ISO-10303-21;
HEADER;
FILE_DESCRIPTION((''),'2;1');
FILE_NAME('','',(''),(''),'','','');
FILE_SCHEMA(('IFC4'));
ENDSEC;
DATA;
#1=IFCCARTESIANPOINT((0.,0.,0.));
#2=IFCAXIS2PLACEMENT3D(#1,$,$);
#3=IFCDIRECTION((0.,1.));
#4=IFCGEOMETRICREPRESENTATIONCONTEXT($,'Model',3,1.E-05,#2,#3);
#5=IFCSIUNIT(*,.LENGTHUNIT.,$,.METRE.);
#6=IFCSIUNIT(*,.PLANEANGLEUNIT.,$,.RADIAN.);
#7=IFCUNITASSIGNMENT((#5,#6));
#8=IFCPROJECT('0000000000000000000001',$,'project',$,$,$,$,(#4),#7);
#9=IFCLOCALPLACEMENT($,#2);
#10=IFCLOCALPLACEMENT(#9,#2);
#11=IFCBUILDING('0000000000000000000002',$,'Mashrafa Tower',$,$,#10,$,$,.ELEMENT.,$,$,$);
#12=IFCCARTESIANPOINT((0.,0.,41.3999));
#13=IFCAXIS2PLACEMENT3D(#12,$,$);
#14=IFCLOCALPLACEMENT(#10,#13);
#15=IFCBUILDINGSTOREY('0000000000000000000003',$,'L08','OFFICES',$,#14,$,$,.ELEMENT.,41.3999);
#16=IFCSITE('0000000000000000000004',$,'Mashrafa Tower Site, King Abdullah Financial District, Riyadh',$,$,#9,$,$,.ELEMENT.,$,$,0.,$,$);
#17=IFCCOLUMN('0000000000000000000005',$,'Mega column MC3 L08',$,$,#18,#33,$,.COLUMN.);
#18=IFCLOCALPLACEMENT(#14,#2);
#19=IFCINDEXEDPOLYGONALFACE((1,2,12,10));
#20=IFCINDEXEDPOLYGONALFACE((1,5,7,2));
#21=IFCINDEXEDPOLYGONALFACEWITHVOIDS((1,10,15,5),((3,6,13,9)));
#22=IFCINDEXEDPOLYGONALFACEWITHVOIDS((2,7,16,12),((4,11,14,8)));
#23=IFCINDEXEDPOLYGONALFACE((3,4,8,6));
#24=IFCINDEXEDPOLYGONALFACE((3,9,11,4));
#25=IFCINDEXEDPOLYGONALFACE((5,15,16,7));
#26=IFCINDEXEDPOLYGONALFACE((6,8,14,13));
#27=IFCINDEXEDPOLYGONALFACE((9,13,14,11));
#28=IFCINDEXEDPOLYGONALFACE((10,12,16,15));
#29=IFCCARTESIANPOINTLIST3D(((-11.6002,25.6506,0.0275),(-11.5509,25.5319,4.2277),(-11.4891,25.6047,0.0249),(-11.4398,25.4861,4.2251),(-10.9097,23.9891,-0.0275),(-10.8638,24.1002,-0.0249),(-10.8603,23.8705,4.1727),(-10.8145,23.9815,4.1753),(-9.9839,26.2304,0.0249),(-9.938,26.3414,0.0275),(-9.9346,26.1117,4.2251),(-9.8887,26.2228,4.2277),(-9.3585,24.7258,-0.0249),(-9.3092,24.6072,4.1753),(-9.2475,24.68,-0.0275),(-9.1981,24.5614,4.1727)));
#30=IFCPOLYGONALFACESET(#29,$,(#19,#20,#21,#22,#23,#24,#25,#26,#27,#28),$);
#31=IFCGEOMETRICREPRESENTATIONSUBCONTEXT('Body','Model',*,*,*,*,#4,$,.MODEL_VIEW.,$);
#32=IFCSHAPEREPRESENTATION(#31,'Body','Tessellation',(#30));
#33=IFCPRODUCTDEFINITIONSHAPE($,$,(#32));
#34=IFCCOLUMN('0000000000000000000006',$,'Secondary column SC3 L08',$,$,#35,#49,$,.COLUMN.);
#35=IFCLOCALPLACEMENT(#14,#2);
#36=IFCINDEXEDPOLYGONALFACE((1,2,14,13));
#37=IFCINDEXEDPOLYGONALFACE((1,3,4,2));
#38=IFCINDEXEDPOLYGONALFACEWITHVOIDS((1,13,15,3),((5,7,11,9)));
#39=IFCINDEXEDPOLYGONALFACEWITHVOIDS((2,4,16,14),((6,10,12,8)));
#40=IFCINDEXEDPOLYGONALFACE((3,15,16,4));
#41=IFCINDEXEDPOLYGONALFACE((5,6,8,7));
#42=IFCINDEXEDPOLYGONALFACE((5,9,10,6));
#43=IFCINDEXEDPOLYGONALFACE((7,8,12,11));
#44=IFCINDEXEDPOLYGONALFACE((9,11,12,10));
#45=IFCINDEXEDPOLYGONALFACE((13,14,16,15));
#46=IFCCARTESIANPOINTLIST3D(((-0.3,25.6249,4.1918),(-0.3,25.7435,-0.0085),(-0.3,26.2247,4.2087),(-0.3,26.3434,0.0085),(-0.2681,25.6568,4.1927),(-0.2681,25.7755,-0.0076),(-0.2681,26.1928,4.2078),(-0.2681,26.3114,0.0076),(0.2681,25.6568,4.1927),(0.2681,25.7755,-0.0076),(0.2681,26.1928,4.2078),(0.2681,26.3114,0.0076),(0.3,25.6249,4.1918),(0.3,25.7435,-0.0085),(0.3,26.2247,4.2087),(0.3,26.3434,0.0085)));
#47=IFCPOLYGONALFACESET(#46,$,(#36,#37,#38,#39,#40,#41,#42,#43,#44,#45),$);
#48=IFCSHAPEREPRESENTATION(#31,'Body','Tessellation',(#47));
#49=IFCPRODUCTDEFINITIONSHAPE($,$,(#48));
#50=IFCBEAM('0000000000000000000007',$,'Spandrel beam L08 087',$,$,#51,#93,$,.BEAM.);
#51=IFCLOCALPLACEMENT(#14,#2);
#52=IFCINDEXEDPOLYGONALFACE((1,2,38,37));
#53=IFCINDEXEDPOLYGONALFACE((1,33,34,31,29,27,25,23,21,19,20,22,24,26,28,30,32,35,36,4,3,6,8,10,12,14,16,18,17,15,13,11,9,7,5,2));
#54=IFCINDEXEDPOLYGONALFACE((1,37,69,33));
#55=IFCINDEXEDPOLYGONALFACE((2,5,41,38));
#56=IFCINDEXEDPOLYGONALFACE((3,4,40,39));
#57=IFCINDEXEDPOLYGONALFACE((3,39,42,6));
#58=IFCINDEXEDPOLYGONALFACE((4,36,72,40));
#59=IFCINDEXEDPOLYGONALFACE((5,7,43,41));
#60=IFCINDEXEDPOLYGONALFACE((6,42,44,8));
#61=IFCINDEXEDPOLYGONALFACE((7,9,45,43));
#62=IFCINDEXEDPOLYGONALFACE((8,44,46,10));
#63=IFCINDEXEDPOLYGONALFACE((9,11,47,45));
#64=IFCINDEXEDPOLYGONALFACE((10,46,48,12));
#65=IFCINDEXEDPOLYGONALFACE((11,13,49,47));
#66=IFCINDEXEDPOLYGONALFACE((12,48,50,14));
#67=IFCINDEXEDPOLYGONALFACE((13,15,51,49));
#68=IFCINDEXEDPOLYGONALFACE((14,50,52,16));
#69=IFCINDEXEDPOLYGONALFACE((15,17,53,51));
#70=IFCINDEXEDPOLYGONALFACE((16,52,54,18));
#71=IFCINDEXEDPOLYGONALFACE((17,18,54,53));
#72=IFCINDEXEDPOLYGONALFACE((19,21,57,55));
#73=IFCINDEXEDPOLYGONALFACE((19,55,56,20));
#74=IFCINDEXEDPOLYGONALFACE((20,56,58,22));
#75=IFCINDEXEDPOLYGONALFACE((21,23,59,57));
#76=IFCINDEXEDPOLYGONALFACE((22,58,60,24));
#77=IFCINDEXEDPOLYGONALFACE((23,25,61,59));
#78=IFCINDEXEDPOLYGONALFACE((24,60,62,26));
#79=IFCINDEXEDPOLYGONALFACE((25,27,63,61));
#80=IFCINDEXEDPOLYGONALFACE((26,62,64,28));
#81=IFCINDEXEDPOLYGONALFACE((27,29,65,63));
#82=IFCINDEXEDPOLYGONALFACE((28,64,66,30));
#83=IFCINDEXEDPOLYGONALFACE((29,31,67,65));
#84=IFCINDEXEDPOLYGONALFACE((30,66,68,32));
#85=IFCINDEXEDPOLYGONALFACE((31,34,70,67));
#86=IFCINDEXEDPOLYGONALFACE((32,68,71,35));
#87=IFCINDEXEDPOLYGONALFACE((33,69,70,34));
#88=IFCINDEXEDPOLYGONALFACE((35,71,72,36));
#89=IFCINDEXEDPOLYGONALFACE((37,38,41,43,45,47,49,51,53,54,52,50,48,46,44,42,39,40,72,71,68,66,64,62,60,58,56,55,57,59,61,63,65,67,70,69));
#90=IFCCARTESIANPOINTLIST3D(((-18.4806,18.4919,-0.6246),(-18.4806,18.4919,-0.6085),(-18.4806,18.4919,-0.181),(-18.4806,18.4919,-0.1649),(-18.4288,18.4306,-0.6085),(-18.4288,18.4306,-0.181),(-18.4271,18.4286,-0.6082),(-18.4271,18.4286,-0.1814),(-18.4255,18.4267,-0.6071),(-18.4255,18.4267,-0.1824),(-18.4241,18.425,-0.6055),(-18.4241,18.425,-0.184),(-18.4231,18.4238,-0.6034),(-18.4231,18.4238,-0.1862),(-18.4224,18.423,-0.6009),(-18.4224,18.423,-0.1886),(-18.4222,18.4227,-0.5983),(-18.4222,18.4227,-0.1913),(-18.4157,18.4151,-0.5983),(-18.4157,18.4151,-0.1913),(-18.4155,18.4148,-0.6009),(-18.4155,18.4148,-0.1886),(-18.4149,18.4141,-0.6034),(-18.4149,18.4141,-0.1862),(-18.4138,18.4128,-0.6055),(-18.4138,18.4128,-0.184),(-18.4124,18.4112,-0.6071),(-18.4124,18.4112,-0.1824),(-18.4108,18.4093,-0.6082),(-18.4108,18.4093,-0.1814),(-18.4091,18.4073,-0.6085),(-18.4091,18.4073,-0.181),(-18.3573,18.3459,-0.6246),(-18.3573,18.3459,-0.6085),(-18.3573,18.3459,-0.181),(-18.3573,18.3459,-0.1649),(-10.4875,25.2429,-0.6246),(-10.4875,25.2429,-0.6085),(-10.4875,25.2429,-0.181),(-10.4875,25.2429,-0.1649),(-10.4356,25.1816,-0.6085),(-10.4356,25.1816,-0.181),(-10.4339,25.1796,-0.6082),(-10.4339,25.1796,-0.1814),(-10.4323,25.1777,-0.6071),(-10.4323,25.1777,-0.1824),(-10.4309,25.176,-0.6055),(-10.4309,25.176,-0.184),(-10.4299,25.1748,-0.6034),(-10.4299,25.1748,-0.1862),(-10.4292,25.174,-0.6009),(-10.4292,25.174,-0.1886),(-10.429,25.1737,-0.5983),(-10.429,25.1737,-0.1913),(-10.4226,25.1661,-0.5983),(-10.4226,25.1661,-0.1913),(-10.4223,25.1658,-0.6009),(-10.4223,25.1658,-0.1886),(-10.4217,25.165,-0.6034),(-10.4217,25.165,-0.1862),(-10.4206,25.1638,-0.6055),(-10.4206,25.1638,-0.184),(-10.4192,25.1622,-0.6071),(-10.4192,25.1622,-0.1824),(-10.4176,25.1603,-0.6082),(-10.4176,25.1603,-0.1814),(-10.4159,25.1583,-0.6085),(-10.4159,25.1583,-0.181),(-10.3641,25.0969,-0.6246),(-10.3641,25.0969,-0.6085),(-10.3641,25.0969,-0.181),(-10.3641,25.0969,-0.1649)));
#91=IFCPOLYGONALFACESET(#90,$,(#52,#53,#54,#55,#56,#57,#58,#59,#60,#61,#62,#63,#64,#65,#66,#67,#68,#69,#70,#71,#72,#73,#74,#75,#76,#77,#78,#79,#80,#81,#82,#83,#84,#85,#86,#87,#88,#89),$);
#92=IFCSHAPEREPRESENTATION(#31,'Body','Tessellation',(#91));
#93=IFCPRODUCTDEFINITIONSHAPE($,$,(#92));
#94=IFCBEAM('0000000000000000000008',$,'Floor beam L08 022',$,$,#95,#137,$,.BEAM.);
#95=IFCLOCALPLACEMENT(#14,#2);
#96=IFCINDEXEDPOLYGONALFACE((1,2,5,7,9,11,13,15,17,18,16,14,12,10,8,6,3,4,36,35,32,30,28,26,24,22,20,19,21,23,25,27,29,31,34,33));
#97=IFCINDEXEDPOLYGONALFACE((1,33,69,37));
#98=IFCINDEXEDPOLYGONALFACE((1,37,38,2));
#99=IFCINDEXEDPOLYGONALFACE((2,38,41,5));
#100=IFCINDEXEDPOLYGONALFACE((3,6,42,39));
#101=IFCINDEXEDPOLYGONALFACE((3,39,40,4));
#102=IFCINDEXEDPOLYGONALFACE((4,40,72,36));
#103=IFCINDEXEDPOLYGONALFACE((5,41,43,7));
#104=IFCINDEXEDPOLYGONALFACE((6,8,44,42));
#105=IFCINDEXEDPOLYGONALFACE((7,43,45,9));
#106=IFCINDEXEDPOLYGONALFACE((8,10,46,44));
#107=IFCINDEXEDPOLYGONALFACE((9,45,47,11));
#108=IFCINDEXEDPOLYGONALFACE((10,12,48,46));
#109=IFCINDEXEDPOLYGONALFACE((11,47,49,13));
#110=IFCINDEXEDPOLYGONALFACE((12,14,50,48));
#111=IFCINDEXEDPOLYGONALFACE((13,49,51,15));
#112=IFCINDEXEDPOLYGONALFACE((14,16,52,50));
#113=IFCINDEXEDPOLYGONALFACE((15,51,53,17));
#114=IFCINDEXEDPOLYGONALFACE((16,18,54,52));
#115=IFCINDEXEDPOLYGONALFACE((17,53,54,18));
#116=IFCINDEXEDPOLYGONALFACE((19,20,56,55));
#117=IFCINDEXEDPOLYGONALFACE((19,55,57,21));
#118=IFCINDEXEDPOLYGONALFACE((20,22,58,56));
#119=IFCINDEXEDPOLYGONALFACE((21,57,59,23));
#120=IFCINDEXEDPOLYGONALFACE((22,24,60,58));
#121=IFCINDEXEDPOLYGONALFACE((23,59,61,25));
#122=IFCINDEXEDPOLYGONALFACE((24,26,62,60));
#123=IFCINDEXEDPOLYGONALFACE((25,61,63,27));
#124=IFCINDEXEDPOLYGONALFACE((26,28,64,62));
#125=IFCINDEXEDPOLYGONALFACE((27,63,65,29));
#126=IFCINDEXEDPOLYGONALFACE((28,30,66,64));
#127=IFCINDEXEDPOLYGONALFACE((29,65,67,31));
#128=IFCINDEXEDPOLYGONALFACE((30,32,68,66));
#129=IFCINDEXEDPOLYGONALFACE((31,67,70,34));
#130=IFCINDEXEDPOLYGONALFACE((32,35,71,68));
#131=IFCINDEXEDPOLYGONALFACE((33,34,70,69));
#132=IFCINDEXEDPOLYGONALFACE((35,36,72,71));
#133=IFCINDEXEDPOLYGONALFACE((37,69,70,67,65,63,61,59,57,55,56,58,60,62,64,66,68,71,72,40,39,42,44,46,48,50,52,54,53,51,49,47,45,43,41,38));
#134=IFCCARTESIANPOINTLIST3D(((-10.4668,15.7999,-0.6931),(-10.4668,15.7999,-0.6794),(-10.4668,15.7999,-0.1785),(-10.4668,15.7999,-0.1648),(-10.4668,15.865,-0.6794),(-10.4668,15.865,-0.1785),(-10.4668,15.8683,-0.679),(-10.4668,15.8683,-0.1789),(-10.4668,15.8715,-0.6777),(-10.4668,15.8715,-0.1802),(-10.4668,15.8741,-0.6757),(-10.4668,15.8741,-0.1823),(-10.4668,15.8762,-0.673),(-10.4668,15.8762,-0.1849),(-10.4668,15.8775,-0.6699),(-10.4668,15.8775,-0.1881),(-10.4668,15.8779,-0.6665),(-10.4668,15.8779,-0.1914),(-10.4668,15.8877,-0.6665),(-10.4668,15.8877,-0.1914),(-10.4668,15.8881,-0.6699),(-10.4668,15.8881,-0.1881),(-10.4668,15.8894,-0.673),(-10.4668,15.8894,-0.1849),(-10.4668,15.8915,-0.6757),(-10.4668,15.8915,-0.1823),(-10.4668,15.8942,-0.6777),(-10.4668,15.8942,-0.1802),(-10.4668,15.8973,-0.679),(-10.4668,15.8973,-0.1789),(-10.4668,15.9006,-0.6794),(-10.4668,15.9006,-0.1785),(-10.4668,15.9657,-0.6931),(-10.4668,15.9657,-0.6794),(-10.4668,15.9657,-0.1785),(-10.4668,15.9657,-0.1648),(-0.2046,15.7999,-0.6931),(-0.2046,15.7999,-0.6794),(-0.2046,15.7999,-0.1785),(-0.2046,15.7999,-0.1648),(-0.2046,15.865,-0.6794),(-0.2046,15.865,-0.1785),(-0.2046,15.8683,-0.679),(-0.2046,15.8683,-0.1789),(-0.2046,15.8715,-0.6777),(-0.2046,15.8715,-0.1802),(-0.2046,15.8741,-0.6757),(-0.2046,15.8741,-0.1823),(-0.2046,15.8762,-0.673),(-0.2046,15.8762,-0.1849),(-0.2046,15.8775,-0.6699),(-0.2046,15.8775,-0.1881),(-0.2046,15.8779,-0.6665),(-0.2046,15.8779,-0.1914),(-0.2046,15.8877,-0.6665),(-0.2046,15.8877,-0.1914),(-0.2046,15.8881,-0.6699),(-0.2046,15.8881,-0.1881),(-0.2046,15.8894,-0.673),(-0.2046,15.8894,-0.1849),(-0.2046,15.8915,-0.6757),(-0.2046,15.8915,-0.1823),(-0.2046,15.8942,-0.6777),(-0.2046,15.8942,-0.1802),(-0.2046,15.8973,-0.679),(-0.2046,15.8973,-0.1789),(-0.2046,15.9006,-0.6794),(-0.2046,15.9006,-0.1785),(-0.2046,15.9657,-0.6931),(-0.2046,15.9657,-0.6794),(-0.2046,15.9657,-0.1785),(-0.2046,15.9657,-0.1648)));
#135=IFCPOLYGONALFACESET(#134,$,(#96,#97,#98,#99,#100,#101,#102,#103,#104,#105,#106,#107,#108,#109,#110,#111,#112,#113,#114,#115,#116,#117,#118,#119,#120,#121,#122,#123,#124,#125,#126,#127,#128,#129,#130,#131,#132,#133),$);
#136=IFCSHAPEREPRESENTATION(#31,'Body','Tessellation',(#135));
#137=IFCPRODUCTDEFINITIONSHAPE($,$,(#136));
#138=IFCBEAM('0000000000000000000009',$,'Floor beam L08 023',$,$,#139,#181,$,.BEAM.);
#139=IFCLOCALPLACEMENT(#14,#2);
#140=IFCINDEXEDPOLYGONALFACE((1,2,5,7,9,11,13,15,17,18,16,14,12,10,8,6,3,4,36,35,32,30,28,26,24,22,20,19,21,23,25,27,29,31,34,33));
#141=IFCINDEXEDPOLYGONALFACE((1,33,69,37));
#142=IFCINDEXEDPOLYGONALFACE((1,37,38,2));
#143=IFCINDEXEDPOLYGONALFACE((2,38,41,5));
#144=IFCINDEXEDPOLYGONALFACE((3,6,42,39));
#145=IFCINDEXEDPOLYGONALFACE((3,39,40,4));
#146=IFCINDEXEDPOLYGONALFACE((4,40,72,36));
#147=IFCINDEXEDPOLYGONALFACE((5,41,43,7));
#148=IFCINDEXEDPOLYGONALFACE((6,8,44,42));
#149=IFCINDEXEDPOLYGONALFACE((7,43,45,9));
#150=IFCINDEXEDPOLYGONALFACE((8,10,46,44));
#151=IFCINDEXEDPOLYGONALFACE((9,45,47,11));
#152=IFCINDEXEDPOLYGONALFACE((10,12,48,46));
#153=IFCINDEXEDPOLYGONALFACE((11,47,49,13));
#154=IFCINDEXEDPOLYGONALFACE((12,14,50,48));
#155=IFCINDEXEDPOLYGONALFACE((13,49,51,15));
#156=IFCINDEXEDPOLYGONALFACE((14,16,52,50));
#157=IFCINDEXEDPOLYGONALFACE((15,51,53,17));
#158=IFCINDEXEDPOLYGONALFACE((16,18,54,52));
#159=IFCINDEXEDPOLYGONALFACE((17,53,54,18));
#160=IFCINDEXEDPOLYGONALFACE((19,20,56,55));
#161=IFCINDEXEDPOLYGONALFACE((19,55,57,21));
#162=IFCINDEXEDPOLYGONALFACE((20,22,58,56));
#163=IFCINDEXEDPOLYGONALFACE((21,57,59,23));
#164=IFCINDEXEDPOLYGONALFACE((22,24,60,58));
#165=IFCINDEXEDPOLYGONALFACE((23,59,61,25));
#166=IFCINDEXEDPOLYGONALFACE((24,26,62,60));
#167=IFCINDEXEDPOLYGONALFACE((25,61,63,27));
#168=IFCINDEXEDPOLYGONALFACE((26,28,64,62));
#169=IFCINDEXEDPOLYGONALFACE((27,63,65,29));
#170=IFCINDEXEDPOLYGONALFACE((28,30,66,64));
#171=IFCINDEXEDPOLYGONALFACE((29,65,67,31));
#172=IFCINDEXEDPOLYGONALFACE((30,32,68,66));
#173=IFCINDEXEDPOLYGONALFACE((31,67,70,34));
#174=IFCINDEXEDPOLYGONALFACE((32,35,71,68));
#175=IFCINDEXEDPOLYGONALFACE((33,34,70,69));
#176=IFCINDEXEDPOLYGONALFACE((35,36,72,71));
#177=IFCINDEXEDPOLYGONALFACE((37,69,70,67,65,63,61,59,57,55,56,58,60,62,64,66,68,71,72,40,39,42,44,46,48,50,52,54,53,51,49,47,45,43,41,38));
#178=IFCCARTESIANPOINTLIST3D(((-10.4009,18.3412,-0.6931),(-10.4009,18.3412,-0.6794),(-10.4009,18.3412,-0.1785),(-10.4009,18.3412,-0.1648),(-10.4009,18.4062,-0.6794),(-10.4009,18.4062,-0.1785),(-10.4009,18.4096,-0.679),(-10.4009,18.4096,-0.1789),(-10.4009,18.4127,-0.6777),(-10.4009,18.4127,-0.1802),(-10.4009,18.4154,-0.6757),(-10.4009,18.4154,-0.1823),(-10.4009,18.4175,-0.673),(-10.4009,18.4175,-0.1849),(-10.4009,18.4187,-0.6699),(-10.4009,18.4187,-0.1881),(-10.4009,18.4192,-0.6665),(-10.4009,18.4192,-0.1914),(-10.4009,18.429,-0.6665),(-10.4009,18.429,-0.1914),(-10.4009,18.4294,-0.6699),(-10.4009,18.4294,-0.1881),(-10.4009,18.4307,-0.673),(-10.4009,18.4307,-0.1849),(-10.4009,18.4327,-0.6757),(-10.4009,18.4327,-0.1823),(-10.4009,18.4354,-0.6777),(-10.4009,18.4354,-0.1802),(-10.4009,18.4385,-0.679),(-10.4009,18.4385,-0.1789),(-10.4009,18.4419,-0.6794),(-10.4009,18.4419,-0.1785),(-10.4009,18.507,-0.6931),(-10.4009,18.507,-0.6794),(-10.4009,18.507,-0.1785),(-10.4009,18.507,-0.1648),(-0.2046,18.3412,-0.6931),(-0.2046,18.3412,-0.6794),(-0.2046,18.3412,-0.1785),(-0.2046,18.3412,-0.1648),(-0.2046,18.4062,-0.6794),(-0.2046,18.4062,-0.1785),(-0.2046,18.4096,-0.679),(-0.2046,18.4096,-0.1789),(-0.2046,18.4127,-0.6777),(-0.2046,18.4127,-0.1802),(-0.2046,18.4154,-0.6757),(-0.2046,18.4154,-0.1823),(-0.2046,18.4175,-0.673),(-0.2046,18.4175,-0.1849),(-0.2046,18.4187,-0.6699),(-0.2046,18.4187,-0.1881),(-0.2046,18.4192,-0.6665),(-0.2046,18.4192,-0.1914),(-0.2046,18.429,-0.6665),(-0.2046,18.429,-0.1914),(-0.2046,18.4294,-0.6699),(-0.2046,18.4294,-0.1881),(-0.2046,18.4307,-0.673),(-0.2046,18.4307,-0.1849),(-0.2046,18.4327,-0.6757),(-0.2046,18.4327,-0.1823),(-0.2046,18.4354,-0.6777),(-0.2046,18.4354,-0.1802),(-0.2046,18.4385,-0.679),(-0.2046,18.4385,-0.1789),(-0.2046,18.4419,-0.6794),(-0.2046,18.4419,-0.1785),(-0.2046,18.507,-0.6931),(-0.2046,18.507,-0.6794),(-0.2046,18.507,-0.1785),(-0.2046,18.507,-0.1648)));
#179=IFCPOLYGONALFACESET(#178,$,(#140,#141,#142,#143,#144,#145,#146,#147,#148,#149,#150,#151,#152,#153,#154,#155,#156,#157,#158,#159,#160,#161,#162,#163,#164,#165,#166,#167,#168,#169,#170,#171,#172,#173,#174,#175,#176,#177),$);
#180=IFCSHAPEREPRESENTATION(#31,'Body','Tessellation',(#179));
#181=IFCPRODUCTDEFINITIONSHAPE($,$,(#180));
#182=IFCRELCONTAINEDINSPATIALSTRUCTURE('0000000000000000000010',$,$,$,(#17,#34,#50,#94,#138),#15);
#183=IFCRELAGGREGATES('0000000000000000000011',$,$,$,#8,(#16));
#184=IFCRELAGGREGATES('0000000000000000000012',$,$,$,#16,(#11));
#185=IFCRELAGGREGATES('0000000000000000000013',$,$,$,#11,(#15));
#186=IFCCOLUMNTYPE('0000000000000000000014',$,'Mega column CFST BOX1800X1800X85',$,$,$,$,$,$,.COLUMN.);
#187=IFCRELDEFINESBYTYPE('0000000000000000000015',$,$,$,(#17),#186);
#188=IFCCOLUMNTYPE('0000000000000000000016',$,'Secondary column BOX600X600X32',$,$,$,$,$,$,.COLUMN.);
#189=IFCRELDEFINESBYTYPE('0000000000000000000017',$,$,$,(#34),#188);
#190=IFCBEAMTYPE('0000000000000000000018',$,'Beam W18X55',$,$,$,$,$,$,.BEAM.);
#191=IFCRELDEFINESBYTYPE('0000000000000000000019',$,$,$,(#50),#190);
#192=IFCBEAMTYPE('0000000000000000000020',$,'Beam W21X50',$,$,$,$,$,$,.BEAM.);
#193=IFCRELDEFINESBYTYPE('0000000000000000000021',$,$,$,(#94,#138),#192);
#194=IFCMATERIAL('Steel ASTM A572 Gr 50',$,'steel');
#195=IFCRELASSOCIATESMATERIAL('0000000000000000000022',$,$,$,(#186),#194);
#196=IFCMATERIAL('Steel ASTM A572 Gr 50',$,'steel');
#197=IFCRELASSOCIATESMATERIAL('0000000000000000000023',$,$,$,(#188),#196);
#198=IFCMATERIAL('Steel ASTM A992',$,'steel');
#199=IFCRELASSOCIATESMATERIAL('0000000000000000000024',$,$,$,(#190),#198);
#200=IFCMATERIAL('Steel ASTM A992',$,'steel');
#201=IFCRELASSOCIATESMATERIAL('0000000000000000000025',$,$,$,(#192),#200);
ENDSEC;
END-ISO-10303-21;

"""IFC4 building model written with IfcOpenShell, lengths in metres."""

from ifc_helpers import new_model, si_unit, direction, frame, origin, origin_2d, place, context, subcontext, project, spatial, hollow_rectangle, i_section, extrude, material, material_profile, profile_set, type_object, element, save


model = new_model("IFC4")

# Units and contexts
model_context = context("Model", 3, precision=1e-05, world=origin(), true_north=direction((0.0, 1.0)))
body_context = subcontext(model_context, "Body", "Model", "MODEL_VIEW")
ifc_project = project(units=[si_unit("LENGTHUNIT", "METRE"), si_unit("PLANEANGLEUNIT", "RADIAN")], contexts=[model_context])

# Site, building, storey
site_placement = place(None, origin())
site = spatial("IfcSite", under=ifc_project, at=site_placement, Name="Mashrafa Tower Site, King Abdullah Financial District, Riyadh", CompositionType="ELEMENT", RefElevation=0.0)
building_placement = place(site_placement, origin())
building = spatial("IfcBuilding", under=site, at=building_placement, Name="Mashrafa Tower", CompositionType="ELEMENT")
storey_placement = place(building_placement, frame((0.0, 0.0, 41.3999)))
storey = spatial("IfcBuildingStorey", under=building, at=storey_placement, Name="L08", Description="OFFICES", CompositionType="ELEMENT", Elevation=41.3999)

# Columns
ifc_material_1 = material(Name="Steel ASTM A572 Gr 50", Category="steel")
ifc_material_profile_1 = material_profile(ifc_material_1, hollow_rectangle(XDim=1.8, YDim=1.8, WallThickness=0.085, at=origin_2d()), Name="BOX1800X1800X85")
ifc_profile_set_1 = profile_set([ifc_material_profile_1], Name="Steel ASTM A572 Gr 50")
column_type_1 = type_object("IfcColumnType", Name="Mega column CFST BOX1800X1800X85", PredefinedType="COLUMN", material=ifc_profile_set_1)
column_1_placement = place(storey_placement, frame((-10.4238, 25.1653, 0.0), z_axis=(0.011736, -0.028236, 0.999532), x_axis=(0.923414, 0.383806, 0.0)))
element("IfcColumn", 1, at=column_1_placement, inside=storey, type_object=column_type_1, Name="Mega column MC3 L08", PredefinedType="COLUMN", context=body_context, shape_type="SweptSolid", body=[
    extrude(hollow_rectangle(XDim=1.8, YDim=1.8, WallThickness=0.085, at=origin_2d()), origin(), (0.0, 0.0, 1.0), 4.2021),
])
ifc_material_2 = material(Name="Steel ASTM A572 Gr 50", Category="steel")
ifc_material_profile_2 = material_profile(ifc_material_2, hollow_rectangle(XDim=0.6001, YDim=0.6001, WallThickness=0.032, at=origin_2d()), Name="BOX600X600X32")
ifc_profile_set_2 = profile_set([ifc_material_profile_2], Name="Steel ASTM A572 Gr 50")
column_type_2 = type_object("IfcColumnType", Name="Secondary column BOX600X600X32", PredefinedType="COLUMN", material=ifc_profile_set_2)
column_2_placement = place(storey_placement, frame((0.0, 26.0435, 0.0), z_axis=(0.0, -0.028238, 0.999601), x_axis=(1.0, 0.0, 0.0)))
element("IfcColumn", 2, at=column_2_placement, inside=storey, type_object=column_type_2, Name="Secondary column SC3 L08", PredefinedType="COLUMN", context=body_context, shape_type="SweptSolid", body=[
    extrude(hollow_rectangle(XDim=0.6001, YDim=0.6001, WallThickness=0.032, at=origin_2d()), origin(), (0.0, 0.0, 1.0), 4.2019),
])

# Beams
ifc_material_3 = material(Name="Steel ASTM A992", Category="steel")
ifc_material_profile_3 = material_profile(ifc_material_3, i_section(OverallWidth=0.1912, OverallDepth=0.4597, WebThickness=0.01, FlangeThickness=0.0161, FilletRadius=0.0103, at=origin_2d()), Name="W18X55")
ifc_profile_set_3 = profile_set([ifc_material_profile_3], Name="Steel ASTM A992")
beam_type_1 = type_object("IfcBeamType", Name="Beam W18X55", PredefinedType="BEAM", material=ifc_profile_set_3)
beam_1_placement = place(storey_placement, frame((-10.4258, 25.1699, -0.3948), z_axis=(-0.763974, -0.645247, 0.0), x_axis=(0.645247, -0.763974, 0.0)))
element("IfcBeam", 3, at=beam_1_placement, inside=storey, type_object=beam_type_1, Name="Spandrel beam L08 087", PredefinedType="BEAM", context=body_context, shape_type="SweptSolid", body=[
    extrude(i_section(OverallWidth=0.1912, OverallDepth=0.4597, WebThickness=0.01, FlangeThickness=0.0161, FilletRadius=0.0103, at=origin_2d()), origin(), (0.0, 0.0, 1.0), 10.4626),
])
ifc_material_4 = material(Name="Steel ASTM A992", Category="steel")
ifc_material_profile_4 = material_profile(ifc_material_4, i_section(OverallWidth=0.1658, OverallDepth=0.5283, WebThickness=0.0098, FlangeThickness=0.0137, FilletRadius=0.0129, at=origin_2d()), Name="W21X50")
ifc_profile_set_4 = profile_set([ifc_material_profile_4], Name="Steel ASTM A992")
beam_type_2 = type_object("IfcBeamType", Name="Beam W21X50", PredefinedType="BEAM", material=ifc_profile_set_4)
beam_2_placement = place(storey_placement, frame((-10.4668, 15.8828, -0.429), z_axis=(1.0, 0.0, 0.0), x_axis=(0.0, 1.0, 0.0)))
element("IfcBeam", 4, at=beam_2_placement, inside=storey, type_object=beam_type_2, Name="Floor beam L08 022", PredefinedType="BEAM", context=body_context, shape_type="SweptSolid", body=[
    extrude(i_section(OverallWidth=0.1658, OverallDepth=0.5283, WebThickness=0.0098, FlangeThickness=0.0137, FilletRadius=0.0129, at=origin_2d()), origin(), (0.0, 0.0, 1.0), 10.2622),
])
beam_3_placement = place(storey_placement, frame((-10.4009, 18.4241, -0.429), z_axis=(1.0, 0.0, 0.0), x_axis=(0.0, 1.0, 0.0)))
element("IfcBeam", 5, at=beam_3_placement, inside=storey, type_object=beam_type_2, Name="Floor beam L08 023", PredefinedType="BEAM", context=body_context, shape_type="SweptSolid", body=[
    extrude(i_section(OverallWidth=0.1658, OverallDepth=0.5283, WebThickness=0.0098, FlangeThickness=0.0137, FilletRadius=0.0129, at=origin_2d()), origin(), (0.0, 0.0, 1.0), 10.1963),
])

save(model, "model.ifc")
